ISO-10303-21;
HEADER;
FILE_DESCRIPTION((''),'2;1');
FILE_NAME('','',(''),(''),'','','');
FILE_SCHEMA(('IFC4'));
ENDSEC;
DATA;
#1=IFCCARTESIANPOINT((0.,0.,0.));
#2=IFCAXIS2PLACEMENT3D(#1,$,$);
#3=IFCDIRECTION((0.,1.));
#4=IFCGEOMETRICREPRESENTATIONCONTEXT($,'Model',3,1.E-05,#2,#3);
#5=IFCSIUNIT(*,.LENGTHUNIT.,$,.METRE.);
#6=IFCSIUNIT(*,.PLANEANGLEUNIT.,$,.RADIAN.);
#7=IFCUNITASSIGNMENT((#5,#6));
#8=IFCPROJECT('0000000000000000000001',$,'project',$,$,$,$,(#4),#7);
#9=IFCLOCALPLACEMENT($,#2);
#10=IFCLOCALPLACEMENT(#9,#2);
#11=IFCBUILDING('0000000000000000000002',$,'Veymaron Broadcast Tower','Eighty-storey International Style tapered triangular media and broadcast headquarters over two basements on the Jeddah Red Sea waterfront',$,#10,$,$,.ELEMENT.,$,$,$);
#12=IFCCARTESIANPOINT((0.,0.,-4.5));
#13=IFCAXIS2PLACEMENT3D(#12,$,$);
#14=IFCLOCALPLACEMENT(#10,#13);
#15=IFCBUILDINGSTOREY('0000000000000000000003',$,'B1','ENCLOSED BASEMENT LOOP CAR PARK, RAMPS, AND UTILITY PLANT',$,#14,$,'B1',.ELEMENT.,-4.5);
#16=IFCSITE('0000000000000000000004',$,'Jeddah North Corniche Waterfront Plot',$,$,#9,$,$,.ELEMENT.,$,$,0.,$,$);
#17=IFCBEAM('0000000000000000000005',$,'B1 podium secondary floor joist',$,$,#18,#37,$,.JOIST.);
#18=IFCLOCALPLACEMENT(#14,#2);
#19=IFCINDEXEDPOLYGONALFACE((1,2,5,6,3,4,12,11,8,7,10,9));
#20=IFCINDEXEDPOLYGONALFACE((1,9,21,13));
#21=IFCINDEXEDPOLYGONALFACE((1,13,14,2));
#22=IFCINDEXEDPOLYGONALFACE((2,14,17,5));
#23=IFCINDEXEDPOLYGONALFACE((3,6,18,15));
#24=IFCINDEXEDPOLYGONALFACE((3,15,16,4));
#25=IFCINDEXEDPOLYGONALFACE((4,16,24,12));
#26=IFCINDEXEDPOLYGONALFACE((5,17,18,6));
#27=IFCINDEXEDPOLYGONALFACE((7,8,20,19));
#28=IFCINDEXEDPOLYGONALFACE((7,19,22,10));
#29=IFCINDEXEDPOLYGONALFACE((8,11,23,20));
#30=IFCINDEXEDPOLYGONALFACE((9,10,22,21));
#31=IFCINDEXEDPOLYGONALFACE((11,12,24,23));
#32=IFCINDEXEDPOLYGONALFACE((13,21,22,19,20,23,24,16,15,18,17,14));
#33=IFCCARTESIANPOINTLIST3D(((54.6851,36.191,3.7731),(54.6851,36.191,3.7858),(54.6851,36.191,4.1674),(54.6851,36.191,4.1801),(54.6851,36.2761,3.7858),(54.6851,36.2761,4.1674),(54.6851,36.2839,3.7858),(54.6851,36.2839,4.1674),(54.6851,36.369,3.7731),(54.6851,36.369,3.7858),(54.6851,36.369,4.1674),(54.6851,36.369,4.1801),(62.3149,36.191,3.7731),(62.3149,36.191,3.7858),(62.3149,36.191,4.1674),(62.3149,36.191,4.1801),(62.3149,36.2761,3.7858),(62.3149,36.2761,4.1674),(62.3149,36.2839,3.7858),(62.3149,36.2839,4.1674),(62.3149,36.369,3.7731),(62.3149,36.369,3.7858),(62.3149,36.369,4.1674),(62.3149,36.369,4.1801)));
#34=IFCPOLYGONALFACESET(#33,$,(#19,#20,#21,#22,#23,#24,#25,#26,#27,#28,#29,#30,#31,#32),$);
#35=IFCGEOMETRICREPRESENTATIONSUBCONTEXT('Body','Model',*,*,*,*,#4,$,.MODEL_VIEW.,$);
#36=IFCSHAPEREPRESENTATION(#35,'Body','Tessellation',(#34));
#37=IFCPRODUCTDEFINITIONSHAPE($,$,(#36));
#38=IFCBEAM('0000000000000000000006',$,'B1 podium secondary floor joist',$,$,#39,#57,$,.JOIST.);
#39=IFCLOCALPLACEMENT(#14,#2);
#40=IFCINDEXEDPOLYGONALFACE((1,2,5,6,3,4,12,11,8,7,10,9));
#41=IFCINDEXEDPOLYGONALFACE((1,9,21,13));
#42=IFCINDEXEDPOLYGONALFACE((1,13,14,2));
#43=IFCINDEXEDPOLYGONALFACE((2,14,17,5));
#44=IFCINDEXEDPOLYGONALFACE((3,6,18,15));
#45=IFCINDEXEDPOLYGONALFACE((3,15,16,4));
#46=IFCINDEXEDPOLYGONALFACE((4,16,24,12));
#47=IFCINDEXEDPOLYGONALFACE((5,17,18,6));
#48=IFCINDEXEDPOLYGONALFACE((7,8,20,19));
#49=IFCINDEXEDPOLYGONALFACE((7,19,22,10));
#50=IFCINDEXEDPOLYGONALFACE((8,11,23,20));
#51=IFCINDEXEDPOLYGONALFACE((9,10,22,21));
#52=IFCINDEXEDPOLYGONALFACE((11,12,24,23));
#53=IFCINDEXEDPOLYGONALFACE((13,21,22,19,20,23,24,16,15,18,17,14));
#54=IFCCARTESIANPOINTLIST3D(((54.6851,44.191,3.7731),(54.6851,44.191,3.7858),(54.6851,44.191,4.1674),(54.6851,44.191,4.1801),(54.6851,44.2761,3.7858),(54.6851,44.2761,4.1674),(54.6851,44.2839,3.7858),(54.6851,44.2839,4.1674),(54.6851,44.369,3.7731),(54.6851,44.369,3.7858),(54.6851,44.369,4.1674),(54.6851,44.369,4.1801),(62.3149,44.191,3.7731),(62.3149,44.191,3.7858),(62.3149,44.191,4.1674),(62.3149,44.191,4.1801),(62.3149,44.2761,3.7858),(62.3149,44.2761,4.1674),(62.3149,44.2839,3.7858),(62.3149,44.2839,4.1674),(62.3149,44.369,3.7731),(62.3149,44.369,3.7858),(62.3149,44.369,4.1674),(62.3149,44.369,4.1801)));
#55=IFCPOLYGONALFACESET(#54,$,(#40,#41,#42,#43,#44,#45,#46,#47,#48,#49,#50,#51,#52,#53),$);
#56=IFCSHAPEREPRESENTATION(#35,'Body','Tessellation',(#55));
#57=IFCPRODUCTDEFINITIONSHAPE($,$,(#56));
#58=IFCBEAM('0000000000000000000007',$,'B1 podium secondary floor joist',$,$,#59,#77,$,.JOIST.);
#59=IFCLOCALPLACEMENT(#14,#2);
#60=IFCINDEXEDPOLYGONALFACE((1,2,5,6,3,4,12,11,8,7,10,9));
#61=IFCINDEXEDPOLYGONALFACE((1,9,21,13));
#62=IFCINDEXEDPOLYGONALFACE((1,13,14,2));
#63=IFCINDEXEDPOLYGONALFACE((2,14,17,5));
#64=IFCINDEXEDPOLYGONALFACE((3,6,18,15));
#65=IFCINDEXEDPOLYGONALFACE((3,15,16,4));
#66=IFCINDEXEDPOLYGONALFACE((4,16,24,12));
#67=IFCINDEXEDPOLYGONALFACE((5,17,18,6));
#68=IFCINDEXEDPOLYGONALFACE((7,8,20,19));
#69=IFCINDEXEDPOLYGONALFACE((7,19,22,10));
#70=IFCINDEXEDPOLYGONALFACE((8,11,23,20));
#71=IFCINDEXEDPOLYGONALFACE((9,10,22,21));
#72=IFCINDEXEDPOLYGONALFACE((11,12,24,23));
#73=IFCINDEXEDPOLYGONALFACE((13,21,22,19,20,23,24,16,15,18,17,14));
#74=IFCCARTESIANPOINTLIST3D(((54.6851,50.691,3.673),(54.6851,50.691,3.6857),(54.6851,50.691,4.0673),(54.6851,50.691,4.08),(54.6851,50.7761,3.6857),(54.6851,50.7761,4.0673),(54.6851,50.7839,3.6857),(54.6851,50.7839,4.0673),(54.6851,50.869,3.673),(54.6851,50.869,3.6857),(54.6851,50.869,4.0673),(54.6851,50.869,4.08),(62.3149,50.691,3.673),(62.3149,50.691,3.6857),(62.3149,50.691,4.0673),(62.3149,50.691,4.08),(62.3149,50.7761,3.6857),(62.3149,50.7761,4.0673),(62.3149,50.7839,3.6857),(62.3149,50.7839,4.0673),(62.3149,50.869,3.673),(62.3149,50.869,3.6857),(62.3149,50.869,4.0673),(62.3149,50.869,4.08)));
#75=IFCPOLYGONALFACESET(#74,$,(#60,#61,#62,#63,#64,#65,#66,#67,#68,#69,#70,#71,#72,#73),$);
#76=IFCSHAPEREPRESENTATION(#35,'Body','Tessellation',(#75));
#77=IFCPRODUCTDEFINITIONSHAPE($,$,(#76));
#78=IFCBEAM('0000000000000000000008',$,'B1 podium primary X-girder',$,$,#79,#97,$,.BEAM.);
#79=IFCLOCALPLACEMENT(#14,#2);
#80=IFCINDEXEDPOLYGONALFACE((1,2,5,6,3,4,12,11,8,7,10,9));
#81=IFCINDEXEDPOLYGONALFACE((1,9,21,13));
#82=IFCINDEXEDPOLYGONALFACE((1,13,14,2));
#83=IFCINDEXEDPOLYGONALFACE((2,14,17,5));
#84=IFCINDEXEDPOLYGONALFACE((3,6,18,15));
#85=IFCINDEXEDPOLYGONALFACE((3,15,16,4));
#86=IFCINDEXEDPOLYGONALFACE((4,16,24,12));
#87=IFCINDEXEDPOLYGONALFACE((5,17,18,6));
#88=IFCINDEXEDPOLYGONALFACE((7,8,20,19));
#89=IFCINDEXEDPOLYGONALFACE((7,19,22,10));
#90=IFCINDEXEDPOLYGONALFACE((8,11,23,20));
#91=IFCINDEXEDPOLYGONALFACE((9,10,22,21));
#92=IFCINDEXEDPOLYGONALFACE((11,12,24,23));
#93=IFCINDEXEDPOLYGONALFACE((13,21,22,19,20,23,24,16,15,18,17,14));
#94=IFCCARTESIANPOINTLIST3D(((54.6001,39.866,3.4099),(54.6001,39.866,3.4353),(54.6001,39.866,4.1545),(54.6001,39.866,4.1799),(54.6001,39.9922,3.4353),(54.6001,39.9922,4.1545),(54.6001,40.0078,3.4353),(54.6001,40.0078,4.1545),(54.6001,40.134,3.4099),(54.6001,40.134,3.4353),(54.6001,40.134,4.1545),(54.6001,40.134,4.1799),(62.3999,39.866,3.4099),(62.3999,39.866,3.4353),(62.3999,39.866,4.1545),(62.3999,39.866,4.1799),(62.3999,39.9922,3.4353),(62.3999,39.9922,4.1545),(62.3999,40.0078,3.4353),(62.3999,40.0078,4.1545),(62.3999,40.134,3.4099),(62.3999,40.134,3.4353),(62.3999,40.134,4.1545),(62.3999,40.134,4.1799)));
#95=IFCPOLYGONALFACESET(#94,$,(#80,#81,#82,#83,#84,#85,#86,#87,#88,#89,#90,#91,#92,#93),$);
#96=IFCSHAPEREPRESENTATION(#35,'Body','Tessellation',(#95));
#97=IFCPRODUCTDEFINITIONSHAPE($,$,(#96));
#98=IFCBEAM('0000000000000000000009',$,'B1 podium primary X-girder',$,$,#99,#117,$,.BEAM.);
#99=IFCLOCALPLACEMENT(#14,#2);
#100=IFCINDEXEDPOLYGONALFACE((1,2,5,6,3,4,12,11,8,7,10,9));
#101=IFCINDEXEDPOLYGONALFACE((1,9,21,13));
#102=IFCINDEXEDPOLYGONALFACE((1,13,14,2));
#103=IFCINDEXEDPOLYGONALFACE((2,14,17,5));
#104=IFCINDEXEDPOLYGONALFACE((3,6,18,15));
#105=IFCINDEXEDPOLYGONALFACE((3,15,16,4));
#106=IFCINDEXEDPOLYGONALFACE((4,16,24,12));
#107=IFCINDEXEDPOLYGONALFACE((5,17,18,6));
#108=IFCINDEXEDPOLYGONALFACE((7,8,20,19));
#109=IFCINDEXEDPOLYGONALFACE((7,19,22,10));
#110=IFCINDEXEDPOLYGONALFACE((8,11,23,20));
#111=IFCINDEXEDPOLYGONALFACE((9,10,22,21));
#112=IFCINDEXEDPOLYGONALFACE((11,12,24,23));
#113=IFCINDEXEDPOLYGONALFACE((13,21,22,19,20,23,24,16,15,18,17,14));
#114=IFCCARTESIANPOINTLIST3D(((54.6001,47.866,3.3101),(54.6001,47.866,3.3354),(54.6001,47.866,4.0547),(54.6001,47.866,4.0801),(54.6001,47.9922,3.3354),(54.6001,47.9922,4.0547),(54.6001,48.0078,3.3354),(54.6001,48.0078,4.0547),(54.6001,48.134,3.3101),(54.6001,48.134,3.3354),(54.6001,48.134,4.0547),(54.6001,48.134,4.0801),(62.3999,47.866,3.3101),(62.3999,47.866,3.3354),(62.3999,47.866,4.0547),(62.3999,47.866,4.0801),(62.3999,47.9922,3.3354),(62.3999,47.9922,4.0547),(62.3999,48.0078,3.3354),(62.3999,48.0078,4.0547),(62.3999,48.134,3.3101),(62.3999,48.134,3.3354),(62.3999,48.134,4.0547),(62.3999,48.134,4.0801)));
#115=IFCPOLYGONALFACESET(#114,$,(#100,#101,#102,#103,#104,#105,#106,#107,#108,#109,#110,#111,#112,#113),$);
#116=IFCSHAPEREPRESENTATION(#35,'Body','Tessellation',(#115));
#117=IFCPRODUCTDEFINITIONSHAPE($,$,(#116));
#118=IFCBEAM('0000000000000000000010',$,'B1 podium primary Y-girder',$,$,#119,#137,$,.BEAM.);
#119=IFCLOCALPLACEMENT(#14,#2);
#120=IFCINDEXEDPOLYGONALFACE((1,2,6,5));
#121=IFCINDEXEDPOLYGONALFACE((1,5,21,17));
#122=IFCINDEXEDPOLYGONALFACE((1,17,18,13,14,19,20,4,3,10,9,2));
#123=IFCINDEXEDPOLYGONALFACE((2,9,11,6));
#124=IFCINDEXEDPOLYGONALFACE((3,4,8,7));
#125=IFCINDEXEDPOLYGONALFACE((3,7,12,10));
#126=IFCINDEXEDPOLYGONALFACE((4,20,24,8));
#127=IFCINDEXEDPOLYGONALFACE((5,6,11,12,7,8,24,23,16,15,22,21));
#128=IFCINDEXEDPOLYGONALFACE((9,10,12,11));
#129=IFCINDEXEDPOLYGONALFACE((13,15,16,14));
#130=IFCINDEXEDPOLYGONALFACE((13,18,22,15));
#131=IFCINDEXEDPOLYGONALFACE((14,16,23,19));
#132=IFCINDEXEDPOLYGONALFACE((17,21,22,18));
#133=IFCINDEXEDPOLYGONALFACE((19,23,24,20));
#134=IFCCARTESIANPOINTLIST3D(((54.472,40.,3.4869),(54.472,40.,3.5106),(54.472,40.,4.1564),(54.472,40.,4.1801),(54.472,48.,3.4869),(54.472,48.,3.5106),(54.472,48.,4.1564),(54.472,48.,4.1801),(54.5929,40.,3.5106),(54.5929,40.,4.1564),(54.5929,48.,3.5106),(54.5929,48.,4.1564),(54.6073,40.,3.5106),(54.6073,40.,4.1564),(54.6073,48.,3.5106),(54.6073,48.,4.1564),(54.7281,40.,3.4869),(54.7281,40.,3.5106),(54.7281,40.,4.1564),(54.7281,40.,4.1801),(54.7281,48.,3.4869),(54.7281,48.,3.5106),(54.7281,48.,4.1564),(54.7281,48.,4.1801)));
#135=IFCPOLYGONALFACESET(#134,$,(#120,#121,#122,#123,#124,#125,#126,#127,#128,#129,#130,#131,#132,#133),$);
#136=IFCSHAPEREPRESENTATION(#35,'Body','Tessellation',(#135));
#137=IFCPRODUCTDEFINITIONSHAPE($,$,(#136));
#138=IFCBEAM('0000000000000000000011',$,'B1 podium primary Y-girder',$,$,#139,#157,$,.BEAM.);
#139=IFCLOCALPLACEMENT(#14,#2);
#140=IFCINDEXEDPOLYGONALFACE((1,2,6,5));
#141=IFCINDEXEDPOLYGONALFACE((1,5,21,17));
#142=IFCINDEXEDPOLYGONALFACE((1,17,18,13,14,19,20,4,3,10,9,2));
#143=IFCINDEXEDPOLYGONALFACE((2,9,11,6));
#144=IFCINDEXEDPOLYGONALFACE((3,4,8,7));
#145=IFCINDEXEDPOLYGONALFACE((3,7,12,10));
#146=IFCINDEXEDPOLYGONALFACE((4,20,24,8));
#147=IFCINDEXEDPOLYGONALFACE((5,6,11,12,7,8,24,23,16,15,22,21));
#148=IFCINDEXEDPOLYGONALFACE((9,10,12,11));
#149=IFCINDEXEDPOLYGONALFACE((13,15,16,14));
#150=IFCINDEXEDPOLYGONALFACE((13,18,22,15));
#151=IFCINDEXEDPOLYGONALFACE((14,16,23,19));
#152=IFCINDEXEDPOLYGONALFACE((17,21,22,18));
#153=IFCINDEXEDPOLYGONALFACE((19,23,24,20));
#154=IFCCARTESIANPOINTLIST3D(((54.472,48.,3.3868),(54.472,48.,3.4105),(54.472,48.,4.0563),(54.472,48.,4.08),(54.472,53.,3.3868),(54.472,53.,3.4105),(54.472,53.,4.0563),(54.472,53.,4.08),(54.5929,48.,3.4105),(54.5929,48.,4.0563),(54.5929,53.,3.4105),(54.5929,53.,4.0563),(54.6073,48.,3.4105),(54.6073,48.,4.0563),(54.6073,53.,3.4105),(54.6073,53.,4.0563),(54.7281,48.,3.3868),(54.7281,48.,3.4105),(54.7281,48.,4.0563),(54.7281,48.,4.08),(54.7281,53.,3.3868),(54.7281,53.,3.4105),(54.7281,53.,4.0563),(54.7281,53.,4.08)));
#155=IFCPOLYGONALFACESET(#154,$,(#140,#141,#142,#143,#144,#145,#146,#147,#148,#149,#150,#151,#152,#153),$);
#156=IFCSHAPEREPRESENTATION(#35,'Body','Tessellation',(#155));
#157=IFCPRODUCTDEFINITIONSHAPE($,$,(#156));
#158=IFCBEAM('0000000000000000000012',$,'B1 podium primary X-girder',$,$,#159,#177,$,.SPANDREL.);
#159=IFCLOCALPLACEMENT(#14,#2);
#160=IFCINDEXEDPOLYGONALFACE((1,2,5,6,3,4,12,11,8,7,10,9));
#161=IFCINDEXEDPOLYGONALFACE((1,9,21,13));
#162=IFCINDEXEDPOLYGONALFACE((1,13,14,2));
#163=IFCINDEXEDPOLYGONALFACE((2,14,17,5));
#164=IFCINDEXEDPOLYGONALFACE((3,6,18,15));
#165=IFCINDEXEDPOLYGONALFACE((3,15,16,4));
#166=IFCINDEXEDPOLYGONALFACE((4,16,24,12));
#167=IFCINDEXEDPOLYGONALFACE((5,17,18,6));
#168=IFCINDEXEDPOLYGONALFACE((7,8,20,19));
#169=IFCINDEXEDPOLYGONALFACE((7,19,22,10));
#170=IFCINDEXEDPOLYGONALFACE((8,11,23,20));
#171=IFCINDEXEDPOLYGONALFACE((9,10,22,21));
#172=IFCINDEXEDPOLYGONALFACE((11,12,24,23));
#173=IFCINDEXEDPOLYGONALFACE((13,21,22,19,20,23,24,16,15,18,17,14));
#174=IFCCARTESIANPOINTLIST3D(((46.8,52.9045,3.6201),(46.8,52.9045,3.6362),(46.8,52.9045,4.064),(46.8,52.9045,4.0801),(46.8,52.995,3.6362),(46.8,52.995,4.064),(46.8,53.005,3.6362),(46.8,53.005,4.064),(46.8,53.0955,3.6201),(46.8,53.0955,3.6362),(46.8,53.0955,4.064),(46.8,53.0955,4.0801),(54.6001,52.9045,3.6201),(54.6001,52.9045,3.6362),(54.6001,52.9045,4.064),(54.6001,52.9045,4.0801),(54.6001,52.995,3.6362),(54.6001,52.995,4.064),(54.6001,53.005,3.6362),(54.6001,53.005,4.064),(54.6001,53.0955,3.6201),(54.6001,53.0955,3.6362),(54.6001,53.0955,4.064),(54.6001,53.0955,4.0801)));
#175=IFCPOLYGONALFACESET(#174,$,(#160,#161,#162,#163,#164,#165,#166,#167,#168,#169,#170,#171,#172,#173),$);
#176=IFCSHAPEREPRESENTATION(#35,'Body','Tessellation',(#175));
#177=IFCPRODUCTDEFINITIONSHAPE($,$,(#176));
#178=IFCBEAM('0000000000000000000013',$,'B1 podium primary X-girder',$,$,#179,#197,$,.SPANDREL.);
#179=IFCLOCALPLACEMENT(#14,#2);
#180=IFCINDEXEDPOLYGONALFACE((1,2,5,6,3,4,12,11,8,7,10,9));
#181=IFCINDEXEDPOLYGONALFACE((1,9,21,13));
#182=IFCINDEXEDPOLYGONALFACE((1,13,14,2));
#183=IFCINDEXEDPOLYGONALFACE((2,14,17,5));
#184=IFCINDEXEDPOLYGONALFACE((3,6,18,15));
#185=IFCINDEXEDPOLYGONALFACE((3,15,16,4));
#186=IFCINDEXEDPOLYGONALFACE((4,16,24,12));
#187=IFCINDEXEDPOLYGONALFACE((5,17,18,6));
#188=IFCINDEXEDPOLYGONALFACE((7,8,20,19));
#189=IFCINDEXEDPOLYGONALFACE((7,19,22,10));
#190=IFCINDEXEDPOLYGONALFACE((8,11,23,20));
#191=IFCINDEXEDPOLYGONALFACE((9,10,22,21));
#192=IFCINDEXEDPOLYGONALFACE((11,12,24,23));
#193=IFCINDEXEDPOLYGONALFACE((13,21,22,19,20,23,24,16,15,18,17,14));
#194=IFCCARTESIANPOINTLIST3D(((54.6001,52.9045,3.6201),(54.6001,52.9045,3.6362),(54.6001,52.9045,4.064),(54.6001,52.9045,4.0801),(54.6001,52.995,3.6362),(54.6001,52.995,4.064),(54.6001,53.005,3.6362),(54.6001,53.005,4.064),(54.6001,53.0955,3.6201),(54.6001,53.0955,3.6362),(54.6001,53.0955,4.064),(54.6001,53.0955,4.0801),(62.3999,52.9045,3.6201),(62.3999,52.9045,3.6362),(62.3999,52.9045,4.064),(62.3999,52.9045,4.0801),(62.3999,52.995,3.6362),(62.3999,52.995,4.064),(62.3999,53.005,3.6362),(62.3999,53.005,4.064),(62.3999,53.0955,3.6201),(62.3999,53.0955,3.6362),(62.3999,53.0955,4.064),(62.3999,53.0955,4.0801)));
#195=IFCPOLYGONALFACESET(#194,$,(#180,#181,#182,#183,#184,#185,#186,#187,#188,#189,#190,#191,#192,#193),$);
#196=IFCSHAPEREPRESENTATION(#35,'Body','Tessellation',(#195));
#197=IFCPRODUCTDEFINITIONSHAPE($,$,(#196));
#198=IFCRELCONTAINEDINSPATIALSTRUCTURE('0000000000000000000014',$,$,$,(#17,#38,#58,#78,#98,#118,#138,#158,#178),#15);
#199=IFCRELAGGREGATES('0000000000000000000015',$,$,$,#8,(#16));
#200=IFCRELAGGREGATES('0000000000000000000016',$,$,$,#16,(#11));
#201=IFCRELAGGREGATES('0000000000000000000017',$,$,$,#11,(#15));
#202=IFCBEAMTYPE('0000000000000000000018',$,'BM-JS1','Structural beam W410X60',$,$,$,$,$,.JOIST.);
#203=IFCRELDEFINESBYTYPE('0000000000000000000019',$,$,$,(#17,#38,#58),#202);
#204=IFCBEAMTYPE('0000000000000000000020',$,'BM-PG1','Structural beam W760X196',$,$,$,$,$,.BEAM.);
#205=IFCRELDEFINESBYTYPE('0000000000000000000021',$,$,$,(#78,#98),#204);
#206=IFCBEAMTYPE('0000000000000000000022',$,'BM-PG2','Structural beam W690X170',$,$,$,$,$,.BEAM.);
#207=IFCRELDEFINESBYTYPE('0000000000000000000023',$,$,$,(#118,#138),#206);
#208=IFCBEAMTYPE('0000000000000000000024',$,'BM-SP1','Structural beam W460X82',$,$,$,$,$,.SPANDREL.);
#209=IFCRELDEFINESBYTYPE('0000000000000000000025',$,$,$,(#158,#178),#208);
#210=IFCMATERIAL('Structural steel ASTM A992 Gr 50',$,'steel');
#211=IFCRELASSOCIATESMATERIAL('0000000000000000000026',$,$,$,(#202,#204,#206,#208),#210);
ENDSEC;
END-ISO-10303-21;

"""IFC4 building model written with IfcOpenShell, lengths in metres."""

from ifc_helpers import new_model, si_unit, direction, frame, origin, origin_2d, place, context, subcontext, project, spatial, i_section, extrude, material, material_profile, profile_set, type_object, element, save


model = new_model("IFC4")

# Units and contexts
model_context = context("Model", 3, precision=1e-05, world=origin(), true_north=direction((0.0, 1.0)))
body_context = subcontext(model_context, "Body", "Model", "MODEL_VIEW")
ifc_project = project(units=[si_unit("LENGTHUNIT", "METRE"), si_unit("PLANEANGLEUNIT", "RADIAN")], contexts=[model_context])

# Site, building, storey
site_placement = place(None, origin())
site = spatial("IfcSite", under=ifc_project, at=site_placement, Name="Jeddah North Corniche Waterfront Plot", CompositionType="ELEMENT", RefElevation=0.0)
building_placement = place(site_placement, origin())
building = spatial("IfcBuilding", under=site, at=building_placement, Name="Veymaron Broadcast Tower", Description="Eighty-storey International Style tapered triangular media and broadcast headquarters over two basements on the Jeddah Red Sea waterfront", CompositionType="ELEMENT")
storey_placement = place(building_placement, frame((0.0, 0.0, -4.5)))
storey = spatial("IfcBuildingStorey", under=building, at=storey_placement, Name="B1", Description="ENCLOSED BASEMENT LOOP CAR PARK, RAMPS, AND UTILITY PLANT", LongName="B1", CompositionType="ELEMENT", Elevation=-4.5)

# Shared definitions
ifc_material_1 = material(Name="Structural steel ASTM A992 Gr 50", Category="steel")

# Beams
ifc_material_profile_1 = material_profile(ifc_material_1, i_section(OverallWidth=0.178, OverallDepth=0.407, WebThickness=0.0078, FlangeThickness=0.0127, at=origin_2d()), Name="W410X60")
ifc_profile_set_1 = profile_set([ifc_material_profile_1], Name="Structural steel ASTM A992 Gr 50")
beam_type_1 = type_object("IfcBeamType", Name="BM-JS1", Description="Structural beam W410X60", PredefinedType="JOIST", material=ifc_profile_set_1)
for number, where, z_axis, x_axis, name in (
    (1, (54.6851, 36.28, 3.9766), (1.0, 0.0, 0.0), (0.0, 1.0, 0.0), "B1 podium secondary floor joist"),
    (2, (54.6851, 44.28, 3.9766), (1.0, 0.0, 0.0), (0.0, 1.0, 0.0), "B1 podium secondary floor joist"),
    (3, (54.6851, 50.78, 3.8765), (1.0, 0.0, 0.0), (0.0, 1.0, 0.0), "B1 podium secondary floor joist"),
):
    element("IfcBeam", number, at=place(storey_placement, frame(where, z_axis=z_axis, x_axis=x_axis)), inside=storey, type_object=beam_type_1, Name=name, PredefinedType="JOIST", context=body_context, shape_type="SweptSolid", body=[
        extrude(i_section(OverallWidth=0.178, OverallDepth=0.407, WebThickness=0.0078, FlangeThickness=0.0127, at=origin_2d()), origin(), (0.0, 0.0, 1.0), 7.6299),
    ])
ifc_material_profile_2 = material_profile(ifc_material_1, i_section(OverallWidth=0.2681, OverallDepth=0.77, WebThickness=0.0156, FlangeThickness=0.0254, at=origin_2d()), Name="W760X196")
ifc_profile_set_2 = profile_set([ifc_material_profile_2], Name="Structural steel ASTM A992 Gr 50")
beam_type_2 = type_object("IfcBeamType", Name="BM-PG1", Description="Structural beam W760X196", PredefinedType="BEAM", material=ifc_profile_set_2)
for number, where, z_axis, x_axis, name in (
    (4, (54.6001, 40.0, 3.7949), (1.0, 0.0, 0.0), (0.0, 1.0, 0.0), "B1 podium primary X-girder"),
    (5, (54.6001, 48.0, 3.6951), (1.0, 0.0, 0.0), (0.0, 1.0, 0.0), "B1 podium primary X-girder"),
):
    element("IfcBeam", number, at=place(storey_placement, frame(where, z_axis=z_axis, x_axis=x_axis)), inside=storey, type_object=beam_type_2, Name=name, PredefinedType="BEAM", context=body_context, shape_type="SweptSolid", body=[
        extrude(i_section(OverallWidth=0.2681, OverallDepth=0.77, WebThickness=0.0156, FlangeThickness=0.0254, at=origin_2d()), origin(), (0.0, 0.0, 1.0), 7.7998),
    ])
ifc_material_profile_3 = material_profile(ifc_material_1, i_section(OverallWidth=0.2561, OverallDepth=0.6931, WebThickness=0.0144, FlangeThickness=0.0237, at=origin_2d()), Name="W690X170")
ifc_profile_set_3 = profile_set([ifc_material_profile_3], Name="Structural steel ASTM A992 Gr 50")
beam_type_3 = type_object("IfcBeamType", Name="BM-PG2", Description="Structural beam W690X170", PredefinedType="BEAM", material=ifc_profile_set_3)
beam_1_placement = place(storey_placement, frame((54.6001, 40.0, 3.8335), z_axis=(0.0, 1.0, 0.0), x_axis=(-1.0, 0.0, 0.0)))
element("IfcBeam", 6, at=beam_1_placement, inside=storey, type_object=beam_type_3, Name="B1 podium primary Y-girder", PredefinedType="BEAM", context=body_context, shape_type="SweptSolid", body=[
    extrude(i_section(OverallWidth=0.2561, OverallDepth=0.6931, WebThickness=0.0144, FlangeThickness=0.0237, at=origin_2d()), origin(), (0.0, 0.0, 1.0), 8.0),
])
beam_2_placement = place(storey_placement, frame((54.6001, 48.0, 3.7334), z_axis=(0.0, 1.0, 0.0), x_axis=(-1.0, 0.0, 0.0)))
element("IfcBeam", 7, at=beam_2_placement, inside=storey, type_object=beam_type_3, Name="B1 podium primary Y-girder", PredefinedType="BEAM", context=body_context, shape_type="SweptSolid", body=[
    extrude(i_section(OverallWidth=0.2561, OverallDepth=0.6931, WebThickness=0.0144, FlangeThickness=0.0237, at=origin_2d()), origin(), (0.0, 0.0, 1.0), 5.0),
])
ifc_material_profile_4 = material_profile(ifc_material_1, i_section(OverallWidth=0.1909, OverallDepth=0.46, WebThickness=0.01, FlangeThickness=0.0161, at=origin_2d()), Name="W460X82")
ifc_profile_set_4 = profile_set([ifc_material_profile_4], Name="Structural steel ASTM A992 Gr 50")
beam_type_4 = type_object("IfcBeamType", Name="BM-SP1", Description="Structural beam W460X82", PredefinedType="SPANDREL", material=ifc_profile_set_4)
beam_3_placement = place(storey_placement, frame((46.8, 53.0, 3.8501), z_axis=(1.0, 0.0, 0.0), x_axis=(0.0, 1.0, 0.0)))
element("IfcBeam", 8, at=beam_3_placement, inside=storey, type_object=beam_type_4, Name="B1 podium primary X-girder", PredefinedType="SPANDREL", context=body_context, shape_type="SweptSolid", body=[
    extrude(i_section(OverallWidth=0.1909, OverallDepth=0.46, WebThickness=0.01, FlangeThickness=0.0161, at=origin_2d()), origin(), (0.0, 0.0, 1.0), 7.8),
])
beam_4_placement = place(storey_placement, frame((54.6001, 53.0, 3.8501), z_axis=(1.0, 0.0, 0.0), x_axis=(0.0, 1.0, 0.0)))
element("IfcBeam", 9, at=beam_4_placement, inside=storey, type_object=beam_type_4, Name="B1 podium primary X-girder", PredefinedType="SPANDREL", context=body_context, shape_type="SweptSolid", body=[
    extrude(i_section(OverallWidth=0.1909, OverallDepth=0.46, WebThickness=0.01, FlangeThickness=0.0161, at=origin_2d()), origin(), (0.0, 0.0, 1.0), 7.7998),
])

save(model, "model.ifc")
